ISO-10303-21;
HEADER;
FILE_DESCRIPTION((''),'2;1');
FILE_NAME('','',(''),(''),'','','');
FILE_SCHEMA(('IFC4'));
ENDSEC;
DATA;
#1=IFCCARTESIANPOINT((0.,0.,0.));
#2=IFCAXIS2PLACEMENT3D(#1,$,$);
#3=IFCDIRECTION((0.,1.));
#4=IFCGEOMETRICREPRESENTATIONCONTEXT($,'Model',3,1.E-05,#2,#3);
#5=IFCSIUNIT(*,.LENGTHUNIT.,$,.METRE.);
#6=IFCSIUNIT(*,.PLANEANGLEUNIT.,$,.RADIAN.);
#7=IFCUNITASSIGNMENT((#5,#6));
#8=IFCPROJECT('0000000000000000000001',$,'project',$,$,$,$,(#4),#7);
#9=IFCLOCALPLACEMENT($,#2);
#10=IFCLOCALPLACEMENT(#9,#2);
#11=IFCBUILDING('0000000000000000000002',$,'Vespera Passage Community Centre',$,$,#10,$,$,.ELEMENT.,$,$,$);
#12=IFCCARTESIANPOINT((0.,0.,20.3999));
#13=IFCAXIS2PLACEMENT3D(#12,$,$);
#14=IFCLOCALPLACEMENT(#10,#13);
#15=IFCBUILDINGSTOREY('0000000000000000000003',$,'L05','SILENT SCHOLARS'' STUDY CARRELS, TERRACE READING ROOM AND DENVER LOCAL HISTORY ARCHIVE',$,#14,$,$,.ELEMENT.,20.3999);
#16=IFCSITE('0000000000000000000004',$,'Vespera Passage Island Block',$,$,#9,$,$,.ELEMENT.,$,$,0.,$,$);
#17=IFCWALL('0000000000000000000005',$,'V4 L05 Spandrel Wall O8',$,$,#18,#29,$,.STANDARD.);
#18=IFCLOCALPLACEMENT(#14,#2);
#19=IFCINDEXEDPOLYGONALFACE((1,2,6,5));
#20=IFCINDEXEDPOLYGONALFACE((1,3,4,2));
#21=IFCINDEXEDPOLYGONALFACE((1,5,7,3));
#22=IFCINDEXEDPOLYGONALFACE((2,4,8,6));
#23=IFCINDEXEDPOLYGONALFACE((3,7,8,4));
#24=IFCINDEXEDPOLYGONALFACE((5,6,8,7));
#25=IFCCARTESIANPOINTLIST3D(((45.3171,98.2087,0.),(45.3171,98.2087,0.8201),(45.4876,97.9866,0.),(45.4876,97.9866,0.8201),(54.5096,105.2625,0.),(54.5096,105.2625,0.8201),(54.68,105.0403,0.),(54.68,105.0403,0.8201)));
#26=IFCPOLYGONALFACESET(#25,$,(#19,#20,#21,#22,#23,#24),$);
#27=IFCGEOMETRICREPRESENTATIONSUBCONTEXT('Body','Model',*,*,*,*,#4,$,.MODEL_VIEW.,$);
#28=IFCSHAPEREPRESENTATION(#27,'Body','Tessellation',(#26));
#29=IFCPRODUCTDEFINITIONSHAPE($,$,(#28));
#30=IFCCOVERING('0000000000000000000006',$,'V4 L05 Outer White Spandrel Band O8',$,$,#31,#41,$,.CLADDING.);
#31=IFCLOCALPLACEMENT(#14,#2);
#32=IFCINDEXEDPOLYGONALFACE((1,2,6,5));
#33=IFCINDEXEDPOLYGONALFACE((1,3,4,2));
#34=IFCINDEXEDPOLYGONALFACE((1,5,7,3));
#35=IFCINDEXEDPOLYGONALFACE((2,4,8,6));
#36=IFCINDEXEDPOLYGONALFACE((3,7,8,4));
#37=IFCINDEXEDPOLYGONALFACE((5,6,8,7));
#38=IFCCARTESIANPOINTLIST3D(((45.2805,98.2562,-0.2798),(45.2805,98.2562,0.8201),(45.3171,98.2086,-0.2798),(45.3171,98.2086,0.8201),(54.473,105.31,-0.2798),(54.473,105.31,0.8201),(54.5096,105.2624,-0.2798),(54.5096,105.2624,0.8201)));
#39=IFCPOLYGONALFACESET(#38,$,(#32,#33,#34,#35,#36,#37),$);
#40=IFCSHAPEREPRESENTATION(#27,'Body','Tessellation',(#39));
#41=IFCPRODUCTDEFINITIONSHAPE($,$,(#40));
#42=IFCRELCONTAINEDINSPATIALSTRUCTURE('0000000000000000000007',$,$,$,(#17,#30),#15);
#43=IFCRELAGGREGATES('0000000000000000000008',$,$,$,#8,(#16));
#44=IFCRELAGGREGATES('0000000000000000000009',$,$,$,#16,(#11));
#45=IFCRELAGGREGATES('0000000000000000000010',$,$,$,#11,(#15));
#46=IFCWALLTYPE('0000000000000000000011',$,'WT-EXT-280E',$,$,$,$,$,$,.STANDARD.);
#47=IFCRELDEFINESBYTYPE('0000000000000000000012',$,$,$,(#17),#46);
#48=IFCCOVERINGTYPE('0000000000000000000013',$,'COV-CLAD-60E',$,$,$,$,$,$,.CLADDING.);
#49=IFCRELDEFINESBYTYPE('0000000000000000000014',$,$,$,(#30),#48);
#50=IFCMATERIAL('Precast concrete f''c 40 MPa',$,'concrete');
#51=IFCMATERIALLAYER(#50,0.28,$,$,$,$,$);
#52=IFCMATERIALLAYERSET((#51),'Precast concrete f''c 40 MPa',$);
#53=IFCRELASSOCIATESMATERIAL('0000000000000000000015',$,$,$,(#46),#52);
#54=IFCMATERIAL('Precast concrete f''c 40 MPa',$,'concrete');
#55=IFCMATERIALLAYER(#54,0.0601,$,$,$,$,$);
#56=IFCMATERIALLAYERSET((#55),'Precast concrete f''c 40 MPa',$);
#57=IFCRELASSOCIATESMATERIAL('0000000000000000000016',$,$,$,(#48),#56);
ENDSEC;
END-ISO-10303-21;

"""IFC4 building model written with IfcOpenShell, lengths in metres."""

from ifc_helpers import new_model, si_unit, direction, frame, frame_2d, origin, place, context, subcontext, project, spatial, rectangle, extrude, material, layer, layer_set, type_object, element, save


model = new_model("IFC4")

# Units and contexts
model_context = context("Model", 3, precision=1e-05, world=origin(), true_north=direction((0.0, 1.0)))
body_context = subcontext(model_context, "Body", "Model", "MODEL_VIEW")
ifc_project = project(units=[si_unit("LENGTHUNIT", "METRE"), si_unit("PLANEANGLEUNIT", "RADIAN")], contexts=[model_context])

# Site, building, storey
site_placement = place(None, origin())
site = spatial("IfcSite", under=ifc_project, at=site_placement, Name="Vespera Passage Island Block", CompositionType="ELEMENT", RefElevation=0.0)
building_placement = place(site_placement, origin())
building = spatial("IfcBuilding", under=site, at=building_placement, Name="Vespera Passage Community Centre", CompositionType="ELEMENT")
storey_placement = place(building_placement, frame((0.0, 0.0, 20.3999)))
storey = spatial("IfcBuildingStorey", under=building, at=storey_placement, Name="L05", Description="SILENT SCHOLARS' STUDY CARRELS, TERRACE READING ROOM AND DENVER LOCAL HISTORY ARCHIVE", CompositionType="ELEMENT", Elevation=20.3999)

# Wall
ifc_material_1 = material(Name="Precast concrete f'c 40 MPa", Category="concrete")
ifc_layer_1 = layer(ifc_material_1, 0.28)
ifc_layer_set_1 = layer_set([ifc_layer_1], Name="Precast concrete f'c 40 MPa")
wall_type_1 = type_object("IfcWallType", Name="WT-EXT-280E", PredefinedType="STANDARD", material=ifc_layer_set_1)
wall_1_placement = place(storey_placement, frame((45.4023, 98.0977, 0.0), z_axis=(0.0, 0.0, 1.0), x_axis=(0.793347, 0.608769, 0.0)))
element("IfcWall", 1, at=wall_1_placement, inside=storey, type_object=wall_type_1, Name="V4 L05 Spandrel Wall O8", PredefinedType="STANDARD", context=body_context, shape_type="SweptSolid", body=[
    extrude(rectangle(XDim=11.5869, YDim=0.28, at=frame_2d((5.7935, 0.0))), origin(), (0.0, 0.0, 1.0), 0.8201),
])

# Covering
ifc_material_2 = material(Name="Precast concrete f'c 40 MPa", Category="concrete")
ifc_layer_2 = layer(ifc_material_2, 0.0601)
ifc_layer_set_2 = layer_set([ifc_layer_2], Name="Precast concrete f'c 40 MPa")
covering_type = type_object("IfcCoveringType", Name="COV-CLAD-60E", PredefinedType="CLADDING", material=ifc_layer_set_2)
covering_placement = place(storey_placement, frame((45.2988, 98.2324, -0.2798), z_axis=(0.0, 0.0, 1.0), x_axis=(0.793347, 0.608769, 0.0)))
element("IfcCovering", 2, at=covering_placement, inside=storey, type_object=covering_type, Name="V4 L05 Outer White Spandrel Band O8", PredefinedType="CLADDING", context=body_context, shape_type="SweptSolid", body=[
    extrude(rectangle(XDim=11.5869, YDim=0.0601, at=frame_2d((5.7935, 0.0))), origin(), (0.0, 0.0, 1.0), 1.0999),
])

save(model, "model.ifc")
